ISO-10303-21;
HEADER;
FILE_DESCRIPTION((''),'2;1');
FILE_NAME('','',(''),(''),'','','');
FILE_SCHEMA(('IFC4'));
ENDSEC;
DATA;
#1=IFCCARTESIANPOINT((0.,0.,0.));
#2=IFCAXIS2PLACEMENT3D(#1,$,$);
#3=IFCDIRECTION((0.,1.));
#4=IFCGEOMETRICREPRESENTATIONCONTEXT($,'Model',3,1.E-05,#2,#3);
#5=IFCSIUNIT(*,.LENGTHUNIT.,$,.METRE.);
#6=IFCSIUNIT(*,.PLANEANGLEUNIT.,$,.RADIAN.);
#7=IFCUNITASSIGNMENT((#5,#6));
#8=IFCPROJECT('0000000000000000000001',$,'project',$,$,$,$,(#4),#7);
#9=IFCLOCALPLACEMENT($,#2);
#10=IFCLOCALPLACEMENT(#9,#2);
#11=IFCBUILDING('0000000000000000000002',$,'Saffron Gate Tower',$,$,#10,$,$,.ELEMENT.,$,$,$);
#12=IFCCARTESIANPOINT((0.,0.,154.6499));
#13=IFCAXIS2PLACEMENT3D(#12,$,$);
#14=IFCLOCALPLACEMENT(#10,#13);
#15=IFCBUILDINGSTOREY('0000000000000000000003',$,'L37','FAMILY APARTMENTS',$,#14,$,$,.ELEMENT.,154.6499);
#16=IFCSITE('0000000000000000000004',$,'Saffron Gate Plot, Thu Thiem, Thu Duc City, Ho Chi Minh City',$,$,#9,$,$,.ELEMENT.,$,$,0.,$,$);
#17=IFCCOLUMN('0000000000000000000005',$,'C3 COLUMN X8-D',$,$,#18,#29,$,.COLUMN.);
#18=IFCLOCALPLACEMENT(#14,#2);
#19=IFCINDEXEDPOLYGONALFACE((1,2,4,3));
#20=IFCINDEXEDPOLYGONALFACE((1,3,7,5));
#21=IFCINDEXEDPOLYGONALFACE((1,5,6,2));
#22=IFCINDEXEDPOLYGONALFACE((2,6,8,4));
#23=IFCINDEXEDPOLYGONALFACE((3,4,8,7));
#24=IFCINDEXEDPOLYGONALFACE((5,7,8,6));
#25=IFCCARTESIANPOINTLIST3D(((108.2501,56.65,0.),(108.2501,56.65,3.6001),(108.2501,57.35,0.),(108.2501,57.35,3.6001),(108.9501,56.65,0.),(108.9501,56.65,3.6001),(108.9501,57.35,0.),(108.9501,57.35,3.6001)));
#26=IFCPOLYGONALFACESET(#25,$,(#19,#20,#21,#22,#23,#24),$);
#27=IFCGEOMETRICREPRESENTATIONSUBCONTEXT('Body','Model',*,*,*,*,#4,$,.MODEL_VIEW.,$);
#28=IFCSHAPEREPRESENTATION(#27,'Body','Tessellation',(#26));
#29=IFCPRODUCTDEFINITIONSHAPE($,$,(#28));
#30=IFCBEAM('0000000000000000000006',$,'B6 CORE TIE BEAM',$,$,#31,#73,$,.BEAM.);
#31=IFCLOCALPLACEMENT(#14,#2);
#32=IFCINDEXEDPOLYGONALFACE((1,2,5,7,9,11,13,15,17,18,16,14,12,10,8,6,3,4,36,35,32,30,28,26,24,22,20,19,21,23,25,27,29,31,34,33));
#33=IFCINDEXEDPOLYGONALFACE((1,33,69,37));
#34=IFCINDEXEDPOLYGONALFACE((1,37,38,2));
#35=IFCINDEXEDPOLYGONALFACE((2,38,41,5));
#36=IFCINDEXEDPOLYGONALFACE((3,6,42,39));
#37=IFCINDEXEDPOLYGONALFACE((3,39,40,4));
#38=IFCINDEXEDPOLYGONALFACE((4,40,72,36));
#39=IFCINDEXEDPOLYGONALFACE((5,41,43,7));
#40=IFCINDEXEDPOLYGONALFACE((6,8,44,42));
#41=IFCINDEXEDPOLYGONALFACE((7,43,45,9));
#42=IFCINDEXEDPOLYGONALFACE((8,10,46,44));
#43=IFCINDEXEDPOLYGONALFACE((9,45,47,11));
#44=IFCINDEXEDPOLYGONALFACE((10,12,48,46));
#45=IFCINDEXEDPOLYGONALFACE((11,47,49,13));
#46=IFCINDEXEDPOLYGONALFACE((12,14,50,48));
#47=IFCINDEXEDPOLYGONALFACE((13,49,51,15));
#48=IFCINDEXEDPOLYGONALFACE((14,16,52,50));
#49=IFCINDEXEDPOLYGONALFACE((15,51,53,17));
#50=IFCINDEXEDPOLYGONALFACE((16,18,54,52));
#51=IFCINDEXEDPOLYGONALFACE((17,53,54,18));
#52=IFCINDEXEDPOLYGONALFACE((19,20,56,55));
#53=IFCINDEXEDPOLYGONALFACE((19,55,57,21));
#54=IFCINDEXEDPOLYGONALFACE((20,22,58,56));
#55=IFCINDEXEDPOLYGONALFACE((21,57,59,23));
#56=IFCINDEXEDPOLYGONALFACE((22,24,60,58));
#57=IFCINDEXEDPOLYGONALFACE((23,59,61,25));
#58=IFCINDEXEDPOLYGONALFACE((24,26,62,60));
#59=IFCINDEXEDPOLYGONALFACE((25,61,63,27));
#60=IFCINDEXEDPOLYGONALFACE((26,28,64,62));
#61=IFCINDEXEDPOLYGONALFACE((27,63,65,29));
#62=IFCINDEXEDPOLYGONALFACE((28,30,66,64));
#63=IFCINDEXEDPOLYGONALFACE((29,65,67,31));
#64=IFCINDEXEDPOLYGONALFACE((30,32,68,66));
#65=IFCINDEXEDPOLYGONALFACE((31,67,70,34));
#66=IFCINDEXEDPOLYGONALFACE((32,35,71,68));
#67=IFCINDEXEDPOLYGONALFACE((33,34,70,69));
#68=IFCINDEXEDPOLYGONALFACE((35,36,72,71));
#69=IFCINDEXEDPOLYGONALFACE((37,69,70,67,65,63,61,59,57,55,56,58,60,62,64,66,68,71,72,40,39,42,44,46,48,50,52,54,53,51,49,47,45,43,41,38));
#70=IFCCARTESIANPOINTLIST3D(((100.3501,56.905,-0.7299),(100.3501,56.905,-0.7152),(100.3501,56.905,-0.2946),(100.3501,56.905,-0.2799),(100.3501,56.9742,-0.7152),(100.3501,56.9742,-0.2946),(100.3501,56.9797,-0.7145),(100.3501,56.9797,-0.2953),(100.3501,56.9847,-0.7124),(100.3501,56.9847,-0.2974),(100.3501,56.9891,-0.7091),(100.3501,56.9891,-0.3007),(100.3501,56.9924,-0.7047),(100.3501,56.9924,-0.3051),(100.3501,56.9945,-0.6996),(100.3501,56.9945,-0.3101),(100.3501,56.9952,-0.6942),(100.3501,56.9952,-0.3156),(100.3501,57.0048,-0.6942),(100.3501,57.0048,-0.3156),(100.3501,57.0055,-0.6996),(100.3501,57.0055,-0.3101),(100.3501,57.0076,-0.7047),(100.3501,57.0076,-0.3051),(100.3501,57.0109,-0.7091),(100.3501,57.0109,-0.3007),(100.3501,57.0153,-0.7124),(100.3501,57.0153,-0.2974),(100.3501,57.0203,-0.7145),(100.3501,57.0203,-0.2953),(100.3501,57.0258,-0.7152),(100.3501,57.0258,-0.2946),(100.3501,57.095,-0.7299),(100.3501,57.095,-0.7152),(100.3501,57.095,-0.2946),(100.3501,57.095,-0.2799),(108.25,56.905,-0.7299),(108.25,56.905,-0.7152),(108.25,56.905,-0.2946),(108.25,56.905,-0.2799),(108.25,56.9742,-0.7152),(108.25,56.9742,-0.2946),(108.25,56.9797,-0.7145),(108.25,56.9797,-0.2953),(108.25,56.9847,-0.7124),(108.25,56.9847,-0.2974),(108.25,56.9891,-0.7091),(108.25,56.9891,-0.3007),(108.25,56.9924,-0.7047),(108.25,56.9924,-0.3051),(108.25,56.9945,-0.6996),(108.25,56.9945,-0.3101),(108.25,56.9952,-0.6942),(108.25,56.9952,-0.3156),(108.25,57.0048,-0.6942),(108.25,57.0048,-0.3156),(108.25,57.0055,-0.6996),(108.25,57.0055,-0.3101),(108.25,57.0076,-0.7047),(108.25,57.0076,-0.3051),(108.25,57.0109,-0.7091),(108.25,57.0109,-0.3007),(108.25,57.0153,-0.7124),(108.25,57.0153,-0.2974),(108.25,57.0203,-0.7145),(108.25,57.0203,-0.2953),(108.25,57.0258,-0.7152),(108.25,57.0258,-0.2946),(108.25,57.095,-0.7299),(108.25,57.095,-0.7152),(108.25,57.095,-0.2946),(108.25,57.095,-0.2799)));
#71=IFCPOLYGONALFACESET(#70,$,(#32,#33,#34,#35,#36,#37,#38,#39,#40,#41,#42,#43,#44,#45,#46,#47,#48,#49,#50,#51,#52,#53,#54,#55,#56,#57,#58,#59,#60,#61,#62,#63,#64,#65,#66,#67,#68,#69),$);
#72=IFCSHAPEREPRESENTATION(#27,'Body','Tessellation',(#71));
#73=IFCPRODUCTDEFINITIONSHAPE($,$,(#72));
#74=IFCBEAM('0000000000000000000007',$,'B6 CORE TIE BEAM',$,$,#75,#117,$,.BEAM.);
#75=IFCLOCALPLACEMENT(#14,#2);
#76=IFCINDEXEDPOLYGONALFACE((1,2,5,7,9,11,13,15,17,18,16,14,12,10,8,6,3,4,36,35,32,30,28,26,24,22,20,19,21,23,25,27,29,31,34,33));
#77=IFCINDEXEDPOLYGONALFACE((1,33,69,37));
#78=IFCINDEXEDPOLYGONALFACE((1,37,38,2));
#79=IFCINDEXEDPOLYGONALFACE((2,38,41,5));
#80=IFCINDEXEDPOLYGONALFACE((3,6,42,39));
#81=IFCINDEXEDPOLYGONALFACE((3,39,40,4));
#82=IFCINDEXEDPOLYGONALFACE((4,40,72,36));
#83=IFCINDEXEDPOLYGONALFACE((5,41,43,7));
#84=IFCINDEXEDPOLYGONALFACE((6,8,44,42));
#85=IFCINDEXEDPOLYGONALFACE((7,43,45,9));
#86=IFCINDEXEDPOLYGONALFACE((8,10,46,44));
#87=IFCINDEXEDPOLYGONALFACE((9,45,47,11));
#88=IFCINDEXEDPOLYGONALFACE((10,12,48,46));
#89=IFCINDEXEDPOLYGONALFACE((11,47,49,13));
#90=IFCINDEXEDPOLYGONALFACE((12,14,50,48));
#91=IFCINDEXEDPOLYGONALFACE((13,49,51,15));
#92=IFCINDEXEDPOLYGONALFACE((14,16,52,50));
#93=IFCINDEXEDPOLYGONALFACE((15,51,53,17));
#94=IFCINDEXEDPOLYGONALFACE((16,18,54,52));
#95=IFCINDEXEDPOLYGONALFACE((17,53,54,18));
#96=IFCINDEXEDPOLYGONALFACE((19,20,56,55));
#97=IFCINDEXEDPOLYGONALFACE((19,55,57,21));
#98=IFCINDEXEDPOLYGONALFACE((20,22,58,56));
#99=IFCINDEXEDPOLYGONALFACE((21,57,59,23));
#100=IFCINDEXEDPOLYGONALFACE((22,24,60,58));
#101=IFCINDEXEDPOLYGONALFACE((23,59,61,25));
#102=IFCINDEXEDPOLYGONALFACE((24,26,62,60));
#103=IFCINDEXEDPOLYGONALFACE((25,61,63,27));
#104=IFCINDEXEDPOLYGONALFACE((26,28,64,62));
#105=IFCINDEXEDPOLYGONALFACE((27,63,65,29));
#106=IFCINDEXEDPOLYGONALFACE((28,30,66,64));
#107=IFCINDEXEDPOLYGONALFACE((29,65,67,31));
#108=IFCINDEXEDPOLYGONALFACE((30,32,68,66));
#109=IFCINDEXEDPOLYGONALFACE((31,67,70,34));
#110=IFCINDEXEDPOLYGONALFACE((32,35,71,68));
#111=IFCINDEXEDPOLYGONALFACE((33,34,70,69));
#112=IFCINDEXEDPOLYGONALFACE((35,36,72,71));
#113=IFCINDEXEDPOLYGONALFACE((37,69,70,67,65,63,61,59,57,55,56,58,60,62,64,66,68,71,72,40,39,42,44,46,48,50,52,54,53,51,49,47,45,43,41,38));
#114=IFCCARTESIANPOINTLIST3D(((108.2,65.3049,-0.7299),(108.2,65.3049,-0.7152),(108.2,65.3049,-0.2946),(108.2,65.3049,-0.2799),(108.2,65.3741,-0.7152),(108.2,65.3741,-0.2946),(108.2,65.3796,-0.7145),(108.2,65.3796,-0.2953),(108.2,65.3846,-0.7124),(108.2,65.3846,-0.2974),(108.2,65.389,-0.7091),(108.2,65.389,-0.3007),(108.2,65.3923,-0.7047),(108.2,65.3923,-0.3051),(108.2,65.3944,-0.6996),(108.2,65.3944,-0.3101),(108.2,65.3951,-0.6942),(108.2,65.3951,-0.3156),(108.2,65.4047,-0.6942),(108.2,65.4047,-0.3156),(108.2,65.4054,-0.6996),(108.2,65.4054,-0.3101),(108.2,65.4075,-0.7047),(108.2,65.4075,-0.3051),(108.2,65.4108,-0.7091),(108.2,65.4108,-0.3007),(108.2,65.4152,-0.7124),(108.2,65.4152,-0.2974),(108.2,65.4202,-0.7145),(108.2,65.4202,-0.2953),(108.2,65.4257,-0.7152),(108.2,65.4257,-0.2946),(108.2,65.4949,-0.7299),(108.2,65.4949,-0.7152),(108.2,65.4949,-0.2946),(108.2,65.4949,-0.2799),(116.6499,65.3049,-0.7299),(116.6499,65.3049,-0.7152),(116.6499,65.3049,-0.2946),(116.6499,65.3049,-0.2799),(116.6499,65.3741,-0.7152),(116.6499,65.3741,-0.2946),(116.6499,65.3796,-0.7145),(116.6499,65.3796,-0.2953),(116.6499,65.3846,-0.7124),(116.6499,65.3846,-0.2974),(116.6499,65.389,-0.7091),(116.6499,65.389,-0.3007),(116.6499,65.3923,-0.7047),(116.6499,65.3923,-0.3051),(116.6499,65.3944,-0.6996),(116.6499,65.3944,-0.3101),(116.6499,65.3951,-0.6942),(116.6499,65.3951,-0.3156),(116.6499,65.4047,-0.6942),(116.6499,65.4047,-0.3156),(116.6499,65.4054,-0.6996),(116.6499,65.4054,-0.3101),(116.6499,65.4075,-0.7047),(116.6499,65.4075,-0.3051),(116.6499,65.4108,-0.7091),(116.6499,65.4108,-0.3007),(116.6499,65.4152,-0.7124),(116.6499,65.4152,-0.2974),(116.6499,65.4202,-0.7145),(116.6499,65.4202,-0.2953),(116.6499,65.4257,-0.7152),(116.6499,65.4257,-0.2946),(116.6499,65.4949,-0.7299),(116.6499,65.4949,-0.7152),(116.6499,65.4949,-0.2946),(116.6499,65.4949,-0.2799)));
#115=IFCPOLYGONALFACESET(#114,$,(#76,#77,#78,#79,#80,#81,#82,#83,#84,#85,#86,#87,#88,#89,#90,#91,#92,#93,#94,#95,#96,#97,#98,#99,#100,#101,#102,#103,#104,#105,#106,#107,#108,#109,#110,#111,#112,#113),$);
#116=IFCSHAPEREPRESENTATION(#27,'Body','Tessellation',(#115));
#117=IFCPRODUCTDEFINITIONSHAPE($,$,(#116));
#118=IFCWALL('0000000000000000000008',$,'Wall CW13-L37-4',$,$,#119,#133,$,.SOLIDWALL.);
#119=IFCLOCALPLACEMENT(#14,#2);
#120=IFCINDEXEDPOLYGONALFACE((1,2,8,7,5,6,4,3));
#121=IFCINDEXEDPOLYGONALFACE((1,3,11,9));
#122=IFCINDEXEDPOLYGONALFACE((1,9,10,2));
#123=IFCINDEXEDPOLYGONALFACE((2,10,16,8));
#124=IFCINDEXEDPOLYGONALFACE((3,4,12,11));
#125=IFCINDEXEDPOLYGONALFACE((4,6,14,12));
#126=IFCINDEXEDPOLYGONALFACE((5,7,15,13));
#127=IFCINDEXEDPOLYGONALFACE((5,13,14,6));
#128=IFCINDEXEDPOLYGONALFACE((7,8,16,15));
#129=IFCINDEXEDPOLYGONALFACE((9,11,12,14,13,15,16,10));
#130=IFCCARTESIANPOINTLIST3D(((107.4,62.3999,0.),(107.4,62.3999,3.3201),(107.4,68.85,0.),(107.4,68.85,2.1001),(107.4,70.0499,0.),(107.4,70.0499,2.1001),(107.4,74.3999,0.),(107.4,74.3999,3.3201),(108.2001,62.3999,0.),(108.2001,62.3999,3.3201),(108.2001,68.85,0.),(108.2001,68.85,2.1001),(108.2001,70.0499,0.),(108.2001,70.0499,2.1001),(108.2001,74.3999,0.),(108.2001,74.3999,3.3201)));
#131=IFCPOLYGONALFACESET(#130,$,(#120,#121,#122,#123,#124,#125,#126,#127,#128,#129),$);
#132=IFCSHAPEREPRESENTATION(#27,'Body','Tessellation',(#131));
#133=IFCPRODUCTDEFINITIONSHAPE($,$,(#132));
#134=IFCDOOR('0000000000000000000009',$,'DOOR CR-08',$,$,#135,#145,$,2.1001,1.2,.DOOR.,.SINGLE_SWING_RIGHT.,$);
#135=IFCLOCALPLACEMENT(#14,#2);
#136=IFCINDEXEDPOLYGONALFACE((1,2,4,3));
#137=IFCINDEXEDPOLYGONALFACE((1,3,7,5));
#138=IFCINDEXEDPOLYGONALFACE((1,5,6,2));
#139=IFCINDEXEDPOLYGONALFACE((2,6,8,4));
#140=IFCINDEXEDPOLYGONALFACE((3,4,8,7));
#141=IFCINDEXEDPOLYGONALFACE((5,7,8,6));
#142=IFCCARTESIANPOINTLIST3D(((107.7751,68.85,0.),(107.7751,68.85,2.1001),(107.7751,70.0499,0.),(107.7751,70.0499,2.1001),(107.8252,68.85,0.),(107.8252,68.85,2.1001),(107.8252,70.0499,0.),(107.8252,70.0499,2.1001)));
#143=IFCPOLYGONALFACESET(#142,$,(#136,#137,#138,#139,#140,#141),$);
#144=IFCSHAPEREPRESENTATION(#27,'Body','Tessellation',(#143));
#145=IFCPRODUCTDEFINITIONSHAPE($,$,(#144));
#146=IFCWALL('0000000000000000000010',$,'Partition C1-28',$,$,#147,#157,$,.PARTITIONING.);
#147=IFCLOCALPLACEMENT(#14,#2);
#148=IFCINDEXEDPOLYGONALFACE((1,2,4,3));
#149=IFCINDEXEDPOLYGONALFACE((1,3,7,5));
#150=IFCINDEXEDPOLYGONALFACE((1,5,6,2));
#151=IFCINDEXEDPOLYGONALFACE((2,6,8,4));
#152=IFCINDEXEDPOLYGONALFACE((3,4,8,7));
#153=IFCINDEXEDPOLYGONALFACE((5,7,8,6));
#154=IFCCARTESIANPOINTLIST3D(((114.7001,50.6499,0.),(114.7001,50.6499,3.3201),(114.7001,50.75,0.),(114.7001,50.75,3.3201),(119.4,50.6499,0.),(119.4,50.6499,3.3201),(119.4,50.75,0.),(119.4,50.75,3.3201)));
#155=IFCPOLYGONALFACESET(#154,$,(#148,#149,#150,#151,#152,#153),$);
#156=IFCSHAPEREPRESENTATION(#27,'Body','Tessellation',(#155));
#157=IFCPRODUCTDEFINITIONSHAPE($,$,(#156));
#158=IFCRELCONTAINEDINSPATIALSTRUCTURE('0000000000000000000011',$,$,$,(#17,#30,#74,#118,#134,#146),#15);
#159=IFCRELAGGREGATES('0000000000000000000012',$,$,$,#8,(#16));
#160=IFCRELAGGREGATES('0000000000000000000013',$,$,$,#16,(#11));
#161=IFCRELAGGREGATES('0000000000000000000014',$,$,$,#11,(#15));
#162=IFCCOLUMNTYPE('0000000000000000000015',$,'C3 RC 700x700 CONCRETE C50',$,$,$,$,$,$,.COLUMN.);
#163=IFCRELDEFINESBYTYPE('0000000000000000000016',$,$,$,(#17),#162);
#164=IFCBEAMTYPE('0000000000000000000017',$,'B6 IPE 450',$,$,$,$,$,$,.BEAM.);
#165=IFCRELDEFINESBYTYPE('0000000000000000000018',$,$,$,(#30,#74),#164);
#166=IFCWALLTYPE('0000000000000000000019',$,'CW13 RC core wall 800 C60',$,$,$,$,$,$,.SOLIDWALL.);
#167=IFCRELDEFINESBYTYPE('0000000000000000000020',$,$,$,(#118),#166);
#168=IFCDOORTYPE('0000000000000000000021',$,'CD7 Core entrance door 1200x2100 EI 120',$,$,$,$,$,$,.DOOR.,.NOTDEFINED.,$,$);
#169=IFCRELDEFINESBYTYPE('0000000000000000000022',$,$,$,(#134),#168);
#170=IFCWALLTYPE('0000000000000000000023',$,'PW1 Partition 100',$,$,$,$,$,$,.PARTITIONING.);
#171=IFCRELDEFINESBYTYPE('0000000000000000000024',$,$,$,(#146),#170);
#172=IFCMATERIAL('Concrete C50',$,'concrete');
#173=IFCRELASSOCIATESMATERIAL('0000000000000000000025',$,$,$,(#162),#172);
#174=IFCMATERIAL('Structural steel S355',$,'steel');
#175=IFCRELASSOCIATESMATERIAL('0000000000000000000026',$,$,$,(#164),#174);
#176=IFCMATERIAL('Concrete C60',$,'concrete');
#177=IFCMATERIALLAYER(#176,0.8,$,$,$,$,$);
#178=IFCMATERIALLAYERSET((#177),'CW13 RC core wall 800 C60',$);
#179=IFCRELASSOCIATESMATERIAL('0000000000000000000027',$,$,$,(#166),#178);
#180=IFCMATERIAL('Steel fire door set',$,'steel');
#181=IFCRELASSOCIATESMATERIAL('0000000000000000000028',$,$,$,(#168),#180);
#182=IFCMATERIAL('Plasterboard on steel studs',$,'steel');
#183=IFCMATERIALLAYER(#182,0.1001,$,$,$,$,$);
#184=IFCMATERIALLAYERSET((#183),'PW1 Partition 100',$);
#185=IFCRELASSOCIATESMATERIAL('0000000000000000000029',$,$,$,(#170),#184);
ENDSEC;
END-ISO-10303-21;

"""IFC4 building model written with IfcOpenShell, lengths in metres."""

from ifc_helpers import new_model, si_unit, direction, frame, frame_2d, origin, origin_2d, place, context, subcontext, project, spatial, rectangle, i_section, extrude, material, layer, layer_set, material_profile, profile_set, type_object, element, fill, save


model = new_model("IFC4")

# Units and contexts
model_context = context("Model", 3, precision=1e-05, world=origin(), true_north=direction((0.0, 1.0)))
body_context = subcontext(model_context, "Body", "Model", "MODEL_VIEW")
ifc_project = project(units=[si_unit("LENGTHUNIT", "METRE"), si_unit("PLANEANGLEUNIT", "RADIAN")], contexts=[model_context])

# Site, building, storey
site_placement = place(None, origin())
site = spatial("IfcSite", under=ifc_project, at=site_placement, Name="Saffron Gate Plot, Thu Thiem, Thu Duc City, Ho Chi Minh City", CompositionType="ELEMENT", RefElevation=0.0)
building_placement = place(site_placement, origin())
building = spatial("IfcBuilding", under=site, at=building_placement, Name="Saffron Gate Tower", CompositionType="ELEMENT")
storey_placement = place(building_placement, frame((0.0, 0.0, 154.6499)))
storey = spatial("IfcBuildingStorey", under=building, at=storey_placement, Name="L37", Description="FAMILY APARTMENTS", CompositionType="ELEMENT", Elevation=154.6499)

# Column
ifc_material_1 = material(Name="Concrete C50", Category="concrete")
ifc_material_profile_1 = material_profile(ifc_material_1, rectangle(XDim=0.7, YDim=0.7, at=origin_2d()))
ifc_profile_set_1 = profile_set([ifc_material_profile_1], Name="Concrete C50")
column_type = type_object("IfcColumnType", Name="C3 RC 700x700 CONCRETE C50", PredefinedType="COLUMN", material=ifc_profile_set_1)
column_placement = place(storey_placement, frame((108.6001, 57.0, 0.0), z_axis=(0.0, 0.0, 1.0), x_axis=(1.0, 0.0, 0.0)))
element("IfcColumn", 1, at=column_placement, inside=storey, type_object=column_type, Name="C3 COLUMN X8-D", PredefinedType="COLUMN", context=body_context, shape_type="SweptSolid", body=[
    extrude(rectangle(XDim=0.7, YDim=0.7, at=origin_2d()), origin(), (0.0, 0.0, 1.0), 3.6001),
])

# Beams
ifc_material_2 = material(Name="Structural steel S355", Category="steel")
ifc_material_profile_2 = material_profile(ifc_material_2, i_section(OverallWidth=0.1899, OverallDepth=0.45, WebThickness=0.0095, FlangeThickness=0.0146, FilletRadius=0.021, at=origin_2d()))
ifc_profile_set_2 = profile_set([ifc_material_profile_2], Name="Structural steel S355")
beam_type = type_object("IfcBeamType", Name="B6 IPE 450", PredefinedType="BEAM", material=ifc_profile_set_2)
beam_1_placement = place(storey_placement, frame((108.25, 57.0, -0.5049), z_axis=(-1.0, 0.0, 0.0), x_axis=(0.0, -1.0, 0.0)))
element("IfcBeam", 2, at=beam_1_placement, inside=storey, type_object=beam_type, Name="B6 CORE TIE BEAM", PredefinedType="BEAM", context=body_context, shape_type="SweptSolid", body=[
    extrude(i_section(OverallWidth=0.1899, OverallDepth=0.45, WebThickness=0.0095, FlangeThickness=0.0146, FilletRadius=0.021, at=origin_2d()), origin(), (0.0, 0.0, 1.0), 7.8999),
])
beam_2_placement = place(storey_placement, frame((116.6499, 65.3999, -0.5049), z_axis=(-1.0, 0.0, 0.0), x_axis=(0.0, -1.0, 0.0)))
element("IfcBeam", 3, at=beam_2_placement, inside=storey, type_object=beam_type, Name="B6 CORE TIE BEAM", PredefinedType="BEAM", context=body_context, shape_type="SweptSolid", body=[
    extrude(i_section(OverallWidth=0.1899, OverallDepth=0.45, WebThickness=0.0095, FlangeThickness=0.0146, FilletRadius=0.021, at=origin_2d()), origin(), (0.0, 0.0, 1.0), 8.45),
])

# Wall, opening, door
ifc_material_3 = material(Name="Concrete C60", Category="concrete")
ifc_layer_1 = layer(ifc_material_3, 0.8)
ifc_layer_set_1 = layer_set([ifc_layer_1], Name="CW13 RC core wall 800 C60")
wall_type_1 = type_object("IfcWallType", Name="CW13 RC core wall 800 C60", PredefinedType="SOLIDWALL", material=ifc_layer_set_1)
wall_1_placement = place(storey_placement, frame((107.8, 62.3999, 0.0), z_axis=(0.0, 0.0, 1.0), x_axis=(0.0, 1.0, 0.0)))
wall_1 = element("IfcWall", 4, at=wall_1_placement, inside=storey, type_object=wall_type_1, Name="Wall CW13-L37-4", PredefinedType="SOLIDWALL", context=body_context, shape_type="SweptSolid", body=[
    extrude(rectangle(XDim=12.0, YDim=0.8, at=frame_2d((6.0, 0.0))), origin(), (0.0, 0.0, 1.0), 3.3201),
])
opening_1_placement = place(wall_1_placement, frame((6.45, 0.0, 0.0)))
opening_1 = element("IfcOpeningElement", 5, at=opening_1_placement, cuts=wall_1, PredefinedType="OPENING", context=body_context, shape_type="SweptSolid", body=[
    extrude(rectangle(XDim=1.2, YDim=2.1001, at=frame_2d((0.6001, 1.05))), frame((0.0, 0.4102, 0.0), z_axis=(0.0, -1.0, 0.0), x_axis=(1.0, 0.0, 0.0)), (0.0, 0.0, 1.0), 0.8201),
])
ifc_material_4 = material(Name="Steel fire door set", Category="steel")
door_type_1 = type_object("IfcDoorType", Name="CD7 Core entrance door 1200x2100 EI 120", OperationType="NOTDEFINED", PredefinedType="DOOR", material=ifc_material_4)
door_1_placement = place(opening_1_placement, origin())
door_1 = element("IfcDoor", 6, at=door_1_placement, inside=storey, type_object=door_type_1, Name="DOOR CR-08", OperationType="SINGLE_SWING_RIGHT", OverallHeight=2.1001, OverallWidth=1.2, PredefinedType="DOOR", context=body_context, shape_type="SweptSolid", body=[
    extrude(rectangle(XDim=1.2, YDim=2.1001, at=frame_2d((0.6001, 1.05))), frame((0.0, 0.0249, 0.0), z_axis=(0.0, -1.0, 0.0), x_axis=(1.0, 0.0, 0.0)), (0.0, 0.0, 1.0), 0.05),
])
fill(opening_1, door_1)

# Wall
ifc_material_5 = material(Name="Plasterboard on steel studs", Category="steel")
ifc_layer_2 = layer(ifc_material_5, 0.1001)
ifc_layer_set_2 = layer_set([ifc_layer_2], Name="PW1 Partition 100")
wall_type_2 = type_object("IfcWallType", Name="PW1 Partition 100", PredefinedType="PARTITIONING", material=ifc_layer_set_2)
wall_2_placement = place(storey_placement, frame((114.7, 50.7, 0.0), z_axis=(0.0, 0.0, 1.0), x_axis=(1.0, 0.0, 0.0)))
element("IfcWall", 7, at=wall_2_placement, inside=storey, type_object=wall_type_2, Name="Partition C1-28", PredefinedType="PARTITIONING", context=body_context, shape_type="SweptSolid", body=[
    extrude(rectangle(XDim=4.7, YDim=0.1001, at=frame_2d((2.3501, 0.0))), origin(), (0.0, 0.0, 1.0), 3.3201),
])

save(model, "model.ifc")
